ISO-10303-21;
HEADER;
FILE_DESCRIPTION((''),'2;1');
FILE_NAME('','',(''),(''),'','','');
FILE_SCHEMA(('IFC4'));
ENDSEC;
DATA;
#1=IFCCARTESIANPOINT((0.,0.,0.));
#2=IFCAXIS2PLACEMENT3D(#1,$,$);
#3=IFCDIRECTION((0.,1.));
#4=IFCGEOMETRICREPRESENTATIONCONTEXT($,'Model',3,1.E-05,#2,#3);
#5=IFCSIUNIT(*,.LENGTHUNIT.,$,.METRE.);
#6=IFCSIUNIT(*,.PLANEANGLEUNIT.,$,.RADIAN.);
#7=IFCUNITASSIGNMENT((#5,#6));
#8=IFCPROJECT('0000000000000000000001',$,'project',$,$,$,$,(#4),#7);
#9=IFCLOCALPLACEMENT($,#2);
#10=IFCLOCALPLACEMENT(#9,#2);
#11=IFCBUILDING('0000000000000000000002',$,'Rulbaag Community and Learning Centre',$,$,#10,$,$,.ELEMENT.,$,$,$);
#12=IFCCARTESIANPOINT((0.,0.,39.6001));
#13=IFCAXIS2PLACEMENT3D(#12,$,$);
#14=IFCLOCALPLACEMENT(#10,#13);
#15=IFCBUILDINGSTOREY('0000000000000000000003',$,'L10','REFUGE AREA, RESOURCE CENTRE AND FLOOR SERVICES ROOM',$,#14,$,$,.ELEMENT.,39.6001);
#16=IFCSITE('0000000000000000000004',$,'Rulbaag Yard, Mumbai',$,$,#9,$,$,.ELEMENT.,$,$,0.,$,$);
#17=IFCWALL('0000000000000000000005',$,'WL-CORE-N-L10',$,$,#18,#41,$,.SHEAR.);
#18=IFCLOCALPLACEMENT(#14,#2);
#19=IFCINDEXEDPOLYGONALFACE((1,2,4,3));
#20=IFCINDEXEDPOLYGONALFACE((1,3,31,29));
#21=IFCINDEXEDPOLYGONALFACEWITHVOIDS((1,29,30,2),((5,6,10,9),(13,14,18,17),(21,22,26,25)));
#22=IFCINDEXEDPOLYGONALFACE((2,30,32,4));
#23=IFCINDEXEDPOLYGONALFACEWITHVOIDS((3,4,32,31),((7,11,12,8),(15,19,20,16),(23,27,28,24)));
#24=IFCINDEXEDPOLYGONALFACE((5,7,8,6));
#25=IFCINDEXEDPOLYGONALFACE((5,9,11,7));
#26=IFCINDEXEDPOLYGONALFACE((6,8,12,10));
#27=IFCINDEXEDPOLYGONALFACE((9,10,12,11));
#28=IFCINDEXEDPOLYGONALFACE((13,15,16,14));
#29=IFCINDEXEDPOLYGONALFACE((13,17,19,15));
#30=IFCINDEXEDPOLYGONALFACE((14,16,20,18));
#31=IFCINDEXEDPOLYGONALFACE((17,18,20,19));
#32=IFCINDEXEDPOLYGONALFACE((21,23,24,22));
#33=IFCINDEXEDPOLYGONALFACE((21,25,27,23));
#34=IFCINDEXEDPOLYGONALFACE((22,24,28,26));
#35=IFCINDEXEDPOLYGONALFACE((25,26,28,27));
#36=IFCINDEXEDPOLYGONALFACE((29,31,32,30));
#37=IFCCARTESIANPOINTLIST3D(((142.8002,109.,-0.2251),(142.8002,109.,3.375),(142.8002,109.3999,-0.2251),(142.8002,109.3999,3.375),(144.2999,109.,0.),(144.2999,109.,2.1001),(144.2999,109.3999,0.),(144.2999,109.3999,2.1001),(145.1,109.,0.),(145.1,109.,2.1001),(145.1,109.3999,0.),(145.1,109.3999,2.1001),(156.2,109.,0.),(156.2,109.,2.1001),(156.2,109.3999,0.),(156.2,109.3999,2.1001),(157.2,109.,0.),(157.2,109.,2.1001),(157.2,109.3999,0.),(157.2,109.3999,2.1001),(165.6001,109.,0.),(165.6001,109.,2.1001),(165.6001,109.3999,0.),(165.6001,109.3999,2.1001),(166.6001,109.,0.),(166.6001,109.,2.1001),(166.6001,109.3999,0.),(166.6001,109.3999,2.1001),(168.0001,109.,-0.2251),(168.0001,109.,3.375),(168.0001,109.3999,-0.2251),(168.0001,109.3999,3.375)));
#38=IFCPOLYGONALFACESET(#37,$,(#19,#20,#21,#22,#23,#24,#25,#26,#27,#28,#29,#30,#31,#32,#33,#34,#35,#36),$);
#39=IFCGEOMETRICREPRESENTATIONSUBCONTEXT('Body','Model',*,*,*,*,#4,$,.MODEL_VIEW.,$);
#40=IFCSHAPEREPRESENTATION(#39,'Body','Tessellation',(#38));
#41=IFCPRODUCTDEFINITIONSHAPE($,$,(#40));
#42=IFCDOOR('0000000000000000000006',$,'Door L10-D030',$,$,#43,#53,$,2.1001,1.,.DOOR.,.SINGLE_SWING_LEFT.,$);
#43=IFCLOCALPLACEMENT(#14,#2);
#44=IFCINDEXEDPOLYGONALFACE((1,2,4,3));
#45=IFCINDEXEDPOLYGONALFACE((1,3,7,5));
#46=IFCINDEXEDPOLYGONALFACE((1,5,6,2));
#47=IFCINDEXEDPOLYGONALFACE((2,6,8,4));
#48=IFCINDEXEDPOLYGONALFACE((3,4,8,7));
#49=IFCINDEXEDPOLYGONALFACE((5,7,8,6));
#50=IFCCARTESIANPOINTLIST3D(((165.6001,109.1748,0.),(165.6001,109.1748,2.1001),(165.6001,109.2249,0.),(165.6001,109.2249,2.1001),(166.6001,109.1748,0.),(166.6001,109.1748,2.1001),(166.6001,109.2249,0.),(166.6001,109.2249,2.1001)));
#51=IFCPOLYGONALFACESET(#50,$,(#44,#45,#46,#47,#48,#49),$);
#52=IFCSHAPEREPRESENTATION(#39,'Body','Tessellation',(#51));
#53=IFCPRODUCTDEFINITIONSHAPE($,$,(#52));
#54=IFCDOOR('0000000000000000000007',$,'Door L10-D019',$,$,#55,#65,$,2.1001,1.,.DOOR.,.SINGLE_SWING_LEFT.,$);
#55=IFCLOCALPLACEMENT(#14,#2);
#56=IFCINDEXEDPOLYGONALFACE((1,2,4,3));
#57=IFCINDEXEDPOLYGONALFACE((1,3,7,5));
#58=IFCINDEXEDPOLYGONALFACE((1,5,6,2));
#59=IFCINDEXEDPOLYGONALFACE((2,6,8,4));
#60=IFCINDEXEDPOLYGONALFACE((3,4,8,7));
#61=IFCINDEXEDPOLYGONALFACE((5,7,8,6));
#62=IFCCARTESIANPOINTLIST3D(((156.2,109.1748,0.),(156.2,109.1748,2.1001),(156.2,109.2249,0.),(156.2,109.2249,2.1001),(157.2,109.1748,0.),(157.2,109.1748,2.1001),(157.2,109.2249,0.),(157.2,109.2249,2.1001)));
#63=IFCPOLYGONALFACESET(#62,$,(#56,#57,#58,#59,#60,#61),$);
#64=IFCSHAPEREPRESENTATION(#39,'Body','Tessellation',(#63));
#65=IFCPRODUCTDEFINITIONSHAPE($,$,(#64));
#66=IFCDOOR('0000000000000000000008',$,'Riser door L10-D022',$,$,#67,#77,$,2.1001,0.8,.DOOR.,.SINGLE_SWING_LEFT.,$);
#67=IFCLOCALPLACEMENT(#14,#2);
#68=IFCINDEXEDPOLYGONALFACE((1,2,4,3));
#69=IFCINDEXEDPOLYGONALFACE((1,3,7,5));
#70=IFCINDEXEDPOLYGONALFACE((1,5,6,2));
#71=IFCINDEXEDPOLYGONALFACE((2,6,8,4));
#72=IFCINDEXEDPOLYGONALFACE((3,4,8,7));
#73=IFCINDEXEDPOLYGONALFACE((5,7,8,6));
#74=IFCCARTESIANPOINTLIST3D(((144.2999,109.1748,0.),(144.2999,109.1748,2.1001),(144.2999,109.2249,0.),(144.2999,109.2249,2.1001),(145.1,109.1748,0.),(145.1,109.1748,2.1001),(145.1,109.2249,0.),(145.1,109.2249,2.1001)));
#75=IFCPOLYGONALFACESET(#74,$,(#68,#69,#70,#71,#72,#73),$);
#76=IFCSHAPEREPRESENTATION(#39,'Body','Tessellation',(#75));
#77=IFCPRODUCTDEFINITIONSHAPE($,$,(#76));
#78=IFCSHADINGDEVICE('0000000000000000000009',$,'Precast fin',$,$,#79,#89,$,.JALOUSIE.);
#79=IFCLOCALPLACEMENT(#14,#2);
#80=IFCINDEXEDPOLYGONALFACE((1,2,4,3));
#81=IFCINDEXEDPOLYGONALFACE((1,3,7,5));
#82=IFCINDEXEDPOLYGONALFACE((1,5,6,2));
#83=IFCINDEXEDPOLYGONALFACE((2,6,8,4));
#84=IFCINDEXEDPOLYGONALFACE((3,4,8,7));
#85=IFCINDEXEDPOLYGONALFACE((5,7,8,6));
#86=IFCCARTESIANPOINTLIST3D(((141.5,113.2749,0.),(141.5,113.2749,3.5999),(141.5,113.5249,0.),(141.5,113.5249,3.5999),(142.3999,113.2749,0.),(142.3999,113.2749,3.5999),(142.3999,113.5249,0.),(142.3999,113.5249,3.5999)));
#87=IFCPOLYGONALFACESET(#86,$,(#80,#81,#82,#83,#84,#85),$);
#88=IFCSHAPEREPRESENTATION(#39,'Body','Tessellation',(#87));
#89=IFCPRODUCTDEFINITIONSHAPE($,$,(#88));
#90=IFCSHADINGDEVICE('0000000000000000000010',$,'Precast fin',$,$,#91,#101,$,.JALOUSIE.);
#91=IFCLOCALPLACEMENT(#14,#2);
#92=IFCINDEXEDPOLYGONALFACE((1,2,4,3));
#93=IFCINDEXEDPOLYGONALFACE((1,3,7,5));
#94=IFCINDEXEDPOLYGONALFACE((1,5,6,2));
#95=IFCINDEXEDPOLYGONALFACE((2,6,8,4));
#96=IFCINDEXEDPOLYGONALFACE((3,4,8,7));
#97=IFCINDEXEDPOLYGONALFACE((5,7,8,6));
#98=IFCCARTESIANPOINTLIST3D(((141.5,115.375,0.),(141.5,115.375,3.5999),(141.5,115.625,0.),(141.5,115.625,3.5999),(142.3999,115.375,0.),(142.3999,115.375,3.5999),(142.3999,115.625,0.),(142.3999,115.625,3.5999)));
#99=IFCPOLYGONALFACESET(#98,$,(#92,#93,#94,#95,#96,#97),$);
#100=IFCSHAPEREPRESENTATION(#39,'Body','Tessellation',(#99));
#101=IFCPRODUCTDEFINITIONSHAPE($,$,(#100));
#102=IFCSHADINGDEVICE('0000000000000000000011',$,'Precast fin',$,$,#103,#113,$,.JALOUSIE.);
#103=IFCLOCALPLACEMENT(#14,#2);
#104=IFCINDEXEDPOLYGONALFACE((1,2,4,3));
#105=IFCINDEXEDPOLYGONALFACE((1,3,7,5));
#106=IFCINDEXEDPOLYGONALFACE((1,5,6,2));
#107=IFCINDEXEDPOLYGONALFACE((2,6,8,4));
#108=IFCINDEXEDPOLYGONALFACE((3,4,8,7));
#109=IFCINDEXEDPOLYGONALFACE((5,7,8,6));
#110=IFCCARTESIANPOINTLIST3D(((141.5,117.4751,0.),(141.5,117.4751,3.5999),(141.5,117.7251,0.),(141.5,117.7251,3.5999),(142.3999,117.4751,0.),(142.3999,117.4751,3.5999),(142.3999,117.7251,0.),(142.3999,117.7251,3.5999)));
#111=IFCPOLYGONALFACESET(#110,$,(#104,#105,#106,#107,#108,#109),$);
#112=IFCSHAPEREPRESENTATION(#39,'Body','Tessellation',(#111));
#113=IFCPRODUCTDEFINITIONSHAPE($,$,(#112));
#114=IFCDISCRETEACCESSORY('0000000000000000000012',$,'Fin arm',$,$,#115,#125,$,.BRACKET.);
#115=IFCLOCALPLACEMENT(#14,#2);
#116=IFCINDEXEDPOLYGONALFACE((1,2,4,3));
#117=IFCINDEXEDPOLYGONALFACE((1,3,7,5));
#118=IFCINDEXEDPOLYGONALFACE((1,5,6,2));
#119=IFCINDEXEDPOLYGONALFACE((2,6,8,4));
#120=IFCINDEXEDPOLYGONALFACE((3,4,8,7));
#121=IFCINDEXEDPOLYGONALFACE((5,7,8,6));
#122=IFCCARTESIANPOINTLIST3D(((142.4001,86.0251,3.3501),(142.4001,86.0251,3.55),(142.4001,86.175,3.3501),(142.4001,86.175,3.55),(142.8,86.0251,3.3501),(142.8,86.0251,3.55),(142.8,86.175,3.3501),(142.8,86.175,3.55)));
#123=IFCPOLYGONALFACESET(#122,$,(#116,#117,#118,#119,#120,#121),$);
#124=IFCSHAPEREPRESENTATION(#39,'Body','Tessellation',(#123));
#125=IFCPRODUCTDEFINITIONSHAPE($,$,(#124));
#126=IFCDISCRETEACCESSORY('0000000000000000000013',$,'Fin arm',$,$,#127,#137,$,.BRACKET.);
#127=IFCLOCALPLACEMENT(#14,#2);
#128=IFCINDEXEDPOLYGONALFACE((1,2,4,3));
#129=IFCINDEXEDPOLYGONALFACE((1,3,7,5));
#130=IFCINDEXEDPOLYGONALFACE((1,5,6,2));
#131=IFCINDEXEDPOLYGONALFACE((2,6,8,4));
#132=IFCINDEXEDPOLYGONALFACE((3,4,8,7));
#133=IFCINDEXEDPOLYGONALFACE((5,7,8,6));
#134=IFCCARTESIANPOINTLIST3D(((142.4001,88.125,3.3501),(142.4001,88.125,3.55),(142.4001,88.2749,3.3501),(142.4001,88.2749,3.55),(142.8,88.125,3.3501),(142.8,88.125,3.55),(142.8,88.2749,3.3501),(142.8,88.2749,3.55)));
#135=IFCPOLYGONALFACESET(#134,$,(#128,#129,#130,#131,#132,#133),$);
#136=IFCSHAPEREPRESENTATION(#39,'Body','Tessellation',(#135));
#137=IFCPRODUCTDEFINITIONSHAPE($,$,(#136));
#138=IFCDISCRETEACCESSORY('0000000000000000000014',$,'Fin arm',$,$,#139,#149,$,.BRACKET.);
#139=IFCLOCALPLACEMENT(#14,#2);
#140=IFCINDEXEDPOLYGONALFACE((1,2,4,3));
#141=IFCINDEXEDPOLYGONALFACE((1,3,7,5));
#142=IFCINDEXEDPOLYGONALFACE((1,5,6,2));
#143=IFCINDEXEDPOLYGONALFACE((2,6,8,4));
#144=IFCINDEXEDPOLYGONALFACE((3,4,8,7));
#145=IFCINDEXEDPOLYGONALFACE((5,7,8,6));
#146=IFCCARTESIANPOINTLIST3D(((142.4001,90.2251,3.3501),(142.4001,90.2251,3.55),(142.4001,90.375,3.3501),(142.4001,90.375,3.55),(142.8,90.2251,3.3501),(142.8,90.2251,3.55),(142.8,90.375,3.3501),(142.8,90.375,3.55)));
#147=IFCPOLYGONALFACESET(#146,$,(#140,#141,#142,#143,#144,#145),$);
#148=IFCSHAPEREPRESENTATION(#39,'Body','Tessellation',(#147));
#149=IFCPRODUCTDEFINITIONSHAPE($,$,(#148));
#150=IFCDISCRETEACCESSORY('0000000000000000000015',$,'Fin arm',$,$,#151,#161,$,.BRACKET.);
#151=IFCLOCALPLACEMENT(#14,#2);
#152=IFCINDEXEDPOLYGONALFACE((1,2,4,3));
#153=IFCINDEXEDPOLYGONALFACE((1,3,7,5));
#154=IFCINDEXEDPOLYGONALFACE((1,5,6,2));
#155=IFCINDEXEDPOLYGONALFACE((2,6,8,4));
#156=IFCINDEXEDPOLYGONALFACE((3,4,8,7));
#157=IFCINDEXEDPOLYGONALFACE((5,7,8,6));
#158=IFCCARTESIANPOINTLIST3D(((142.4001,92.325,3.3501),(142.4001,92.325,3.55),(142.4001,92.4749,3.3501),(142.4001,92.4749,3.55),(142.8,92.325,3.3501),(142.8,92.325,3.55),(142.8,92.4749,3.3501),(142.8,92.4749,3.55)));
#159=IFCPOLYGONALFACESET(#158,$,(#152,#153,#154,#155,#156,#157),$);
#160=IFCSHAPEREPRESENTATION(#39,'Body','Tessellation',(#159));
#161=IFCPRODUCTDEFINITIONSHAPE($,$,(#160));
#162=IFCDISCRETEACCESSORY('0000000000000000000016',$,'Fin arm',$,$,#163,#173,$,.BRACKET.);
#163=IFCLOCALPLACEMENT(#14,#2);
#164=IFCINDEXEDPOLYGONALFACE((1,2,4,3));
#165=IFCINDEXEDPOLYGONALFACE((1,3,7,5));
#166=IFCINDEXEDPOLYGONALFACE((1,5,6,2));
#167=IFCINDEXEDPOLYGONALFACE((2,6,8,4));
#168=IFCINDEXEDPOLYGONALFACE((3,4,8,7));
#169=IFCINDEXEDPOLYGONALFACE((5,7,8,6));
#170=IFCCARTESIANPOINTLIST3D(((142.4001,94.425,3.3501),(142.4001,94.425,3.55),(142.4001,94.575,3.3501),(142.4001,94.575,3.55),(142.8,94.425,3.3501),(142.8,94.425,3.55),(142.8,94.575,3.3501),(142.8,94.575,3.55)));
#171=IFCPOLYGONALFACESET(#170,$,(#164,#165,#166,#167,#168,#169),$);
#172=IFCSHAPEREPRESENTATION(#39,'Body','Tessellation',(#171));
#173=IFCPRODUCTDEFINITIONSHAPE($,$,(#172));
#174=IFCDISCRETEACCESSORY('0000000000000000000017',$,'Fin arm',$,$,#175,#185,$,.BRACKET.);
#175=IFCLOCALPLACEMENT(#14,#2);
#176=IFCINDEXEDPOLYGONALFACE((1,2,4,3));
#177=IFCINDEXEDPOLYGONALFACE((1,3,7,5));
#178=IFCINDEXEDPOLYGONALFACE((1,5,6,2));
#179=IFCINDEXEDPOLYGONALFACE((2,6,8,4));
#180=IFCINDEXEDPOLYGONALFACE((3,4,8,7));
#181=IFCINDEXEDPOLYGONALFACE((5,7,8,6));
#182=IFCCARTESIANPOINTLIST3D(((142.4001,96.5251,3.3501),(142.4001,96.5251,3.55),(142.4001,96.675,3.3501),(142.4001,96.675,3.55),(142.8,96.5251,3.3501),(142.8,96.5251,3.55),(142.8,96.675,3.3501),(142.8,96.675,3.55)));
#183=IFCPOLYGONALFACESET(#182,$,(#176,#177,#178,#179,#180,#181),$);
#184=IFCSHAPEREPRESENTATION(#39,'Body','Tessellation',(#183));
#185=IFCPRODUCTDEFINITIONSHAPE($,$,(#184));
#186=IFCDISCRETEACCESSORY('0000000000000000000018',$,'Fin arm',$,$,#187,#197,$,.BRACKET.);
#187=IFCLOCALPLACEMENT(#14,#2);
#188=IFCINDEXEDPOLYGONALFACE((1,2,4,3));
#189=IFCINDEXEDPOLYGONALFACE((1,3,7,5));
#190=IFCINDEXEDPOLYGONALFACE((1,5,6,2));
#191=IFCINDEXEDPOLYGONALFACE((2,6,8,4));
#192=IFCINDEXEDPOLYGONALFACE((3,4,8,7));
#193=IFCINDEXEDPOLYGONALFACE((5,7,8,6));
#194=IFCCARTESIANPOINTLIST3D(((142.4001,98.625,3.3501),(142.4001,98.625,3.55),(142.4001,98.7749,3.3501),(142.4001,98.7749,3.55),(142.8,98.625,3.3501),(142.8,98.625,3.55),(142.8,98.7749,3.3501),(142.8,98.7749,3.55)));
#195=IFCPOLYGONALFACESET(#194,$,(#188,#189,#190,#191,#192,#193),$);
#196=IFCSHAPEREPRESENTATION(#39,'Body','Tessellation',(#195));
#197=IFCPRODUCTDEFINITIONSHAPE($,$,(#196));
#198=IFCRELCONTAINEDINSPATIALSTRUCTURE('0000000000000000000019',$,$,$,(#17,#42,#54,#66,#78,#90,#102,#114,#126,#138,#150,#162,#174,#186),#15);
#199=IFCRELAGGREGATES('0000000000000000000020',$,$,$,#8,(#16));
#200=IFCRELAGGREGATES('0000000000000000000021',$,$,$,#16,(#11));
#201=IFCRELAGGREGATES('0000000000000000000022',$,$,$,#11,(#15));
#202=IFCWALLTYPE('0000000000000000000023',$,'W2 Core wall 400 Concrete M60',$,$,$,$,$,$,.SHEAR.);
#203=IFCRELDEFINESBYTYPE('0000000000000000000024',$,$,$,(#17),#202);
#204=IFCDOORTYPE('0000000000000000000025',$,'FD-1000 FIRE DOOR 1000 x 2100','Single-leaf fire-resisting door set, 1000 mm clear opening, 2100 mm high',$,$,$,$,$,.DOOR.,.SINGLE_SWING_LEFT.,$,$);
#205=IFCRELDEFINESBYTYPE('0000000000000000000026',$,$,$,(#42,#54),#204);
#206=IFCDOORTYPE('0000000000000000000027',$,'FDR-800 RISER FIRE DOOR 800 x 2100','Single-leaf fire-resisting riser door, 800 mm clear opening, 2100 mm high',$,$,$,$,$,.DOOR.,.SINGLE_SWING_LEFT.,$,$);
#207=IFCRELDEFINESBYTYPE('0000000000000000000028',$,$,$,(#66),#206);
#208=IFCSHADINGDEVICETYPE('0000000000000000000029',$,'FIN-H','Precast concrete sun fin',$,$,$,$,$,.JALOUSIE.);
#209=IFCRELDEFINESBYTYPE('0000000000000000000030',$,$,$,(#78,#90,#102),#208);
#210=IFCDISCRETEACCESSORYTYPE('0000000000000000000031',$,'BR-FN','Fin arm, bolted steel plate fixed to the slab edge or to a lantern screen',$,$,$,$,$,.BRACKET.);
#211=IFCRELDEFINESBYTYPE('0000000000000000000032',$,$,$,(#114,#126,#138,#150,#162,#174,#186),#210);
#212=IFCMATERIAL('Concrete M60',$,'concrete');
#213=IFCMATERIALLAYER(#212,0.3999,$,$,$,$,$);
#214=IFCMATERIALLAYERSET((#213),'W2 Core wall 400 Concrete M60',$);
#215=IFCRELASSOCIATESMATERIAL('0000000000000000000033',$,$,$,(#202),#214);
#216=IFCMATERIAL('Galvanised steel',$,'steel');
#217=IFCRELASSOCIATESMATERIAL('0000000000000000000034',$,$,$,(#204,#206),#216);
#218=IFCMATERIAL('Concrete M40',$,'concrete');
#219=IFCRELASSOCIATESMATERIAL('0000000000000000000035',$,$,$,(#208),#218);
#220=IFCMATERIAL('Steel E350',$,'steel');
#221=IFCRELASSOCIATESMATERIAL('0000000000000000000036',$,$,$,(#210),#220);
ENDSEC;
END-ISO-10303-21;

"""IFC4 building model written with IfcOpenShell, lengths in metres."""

from ifc_helpers import new_model, si_unit, direction, frame, frame_2d, origin, origin_2d, place, context, subcontext, project, spatial, rectangle, extrude, material, layer, layer_set, material_profile, profile_set, type_object, element, fill, save


model = new_model("IFC4")

# Units and contexts
model_context = context("Model", 3, precision=1e-05, world=origin(), true_north=direction((0.0, 1.0)))
body_context = subcontext(model_context, "Body", "Model", "MODEL_VIEW")
ifc_project = project(units=[si_unit("LENGTHUNIT", "METRE"), si_unit("PLANEANGLEUNIT", "RADIAN")], contexts=[model_context])

# Site, building, storey
site_placement = place(None, origin())
site = spatial("IfcSite", under=ifc_project, at=site_placement, Name="Rulbaag Yard, Mumbai", CompositionType="ELEMENT", RefElevation=0.0)
building_placement = place(site_placement, origin())
building = spatial("IfcBuilding", under=site, at=building_placement, Name="Rulbaag Community and Learning Centre", CompositionType="ELEMENT")
storey_placement = place(building_placement, frame((0.0, 0.0, 39.6001)))
storey = spatial("IfcBuildingStorey", under=building, at=storey_placement, Name="L10", Description="REFUGE AREA, RESOURCE CENTRE AND FLOOR SERVICES ROOM", CompositionType="ELEMENT", Elevation=39.6001)

# Shared definitions
ifc_material_1 = material(Name="Concrete M60", Category="concrete")

# Shared definitions
ifc_material_2 = material(Name="Concrete M40", Category="concrete")

# Wall, openings, doors
ifc_layer_1 = layer(ifc_material_1, 0.3999)
ifc_layer_set_1 = layer_set([ifc_layer_1], Name="W2 Core wall 400 Concrete M60")
wall_type_1 = type_object("IfcWallType", Name="W2 Core wall 400 Concrete M60", PredefinedType="SHEAR", material=ifc_layer_set_1)
ifc_material_3 = material(Name="Galvanised steel", Category="steel")
door_type_1 = type_object("IfcDoorType", Name="FD-1000 FIRE DOOR 1000 x 2100", Description="Single-leaf fire-resisting door set, 1000 mm clear opening, 2100 mm high", OperationType="SINGLE_SWING_LEFT", PredefinedType="DOOR", material=ifc_material_3)
wall_1_placement = place(storey_placement, frame((142.8, 109.2, -0.2251), z_axis=(0.0, 0.0, 1.0), x_axis=(1.0, 0.0, 0.0)))
wall_1 = element("IfcWall", 1, at=wall_1_placement, inside=storey, type_object=wall_type_1, Name="WL-CORE-N-L10", PredefinedType="SHEAR", context=body_context, shape_type="SweptSolid", body=[
    extrude(rectangle(XDim=25.2, YDim=0.3999, at=frame_2d((12.6001, 0.0))), origin(), (0.0, 0.0, 1.0), 3.6001),
])
opening_1_placement = place(wall_1_placement, frame((22.8, 0.0, 0.2251)))
opening_1 = element("IfcOpeningElement", 2, at=opening_1_placement, cuts=wall_1, PredefinedType="OPENING", context=body_context, shape_type="SweptSolid", body=[
    extrude(rectangle(XDim=1.0, YDim=2.1001, at=frame_2d((0.5, 1.05))), frame((0.0, 0.21, 0.0), z_axis=(0.0, -1.0, 0.0), x_axis=(1.0, 0.0, 0.0)), (0.0, 0.0, 1.0), 0.4199),
])
opening_2_placement = place(wall_1_placement, frame((1.5, 0.0, 0.2251)))
opening_2 = element("IfcOpeningElement", 3, at=opening_2_placement, cuts=wall_1, PredefinedType="OPENING", context=body_context, shape_type="SweptSolid", body=[
    extrude(rectangle(XDim=0.8, YDim=2.1001, at=frame_2d((0.3999, 1.05))), frame((0.0, 0.21, 0.0), z_axis=(0.0, -1.0, 0.0), x_axis=(1.0, 0.0, 0.0)), (0.0, 0.0, 1.0), 0.4199),
])
opening_3_placement = place(wall_1_placement, frame((13.3999, 0.0, 0.2251)))
opening_3 = element("IfcOpeningElement", 4, at=opening_3_placement, cuts=wall_1, PredefinedType="OPENING", context=body_context, shape_type="SweptSolid", body=[
    extrude(rectangle(XDim=1.0, YDim=2.1001, at=frame_2d((0.5, 1.05))), frame((0.0, 0.21, 0.0), z_axis=(0.0, -1.0, 0.0), x_axis=(1.0, 0.0, 0.0)), (0.0, 0.0, 1.0), 0.4199),
])
door_1_placement = place(opening_1_placement, origin())
door_1 = element("IfcDoor", 5, at=door_1_placement, inside=storey, type_object=door_type_1, Name="Door L10-D030", OperationType="SINGLE_SWING_LEFT", OverallHeight=2.1001, OverallWidth=1.0, PredefinedType="DOOR", context=body_context, shape_type="SweptSolid", body=[
    extrude(rectangle(XDim=1.0, YDim=2.1001, at=frame_2d((0.5, 1.05))), frame((0.0, 0.0249, 0.0), z_axis=(0.0, -1.0, 0.0), x_axis=(1.0, 0.0, 0.0)), (0.0, 0.0, 1.0), 0.05),
])
fill(opening_1, door_1)
door_2_placement = place(opening_3_placement, origin())
door_2 = element("IfcDoor", 6, at=door_2_placement, inside=storey, type_object=door_type_1, Name="Door L10-D019", OperationType="SINGLE_SWING_LEFT", OverallHeight=2.1001, OverallWidth=1.0, PredefinedType="DOOR", context=body_context, shape_type="SweptSolid", body=[
    extrude(rectangle(XDim=1.0, YDim=2.1001, at=frame_2d((0.5, 1.05))), frame((0.0, 0.0249, 0.0), z_axis=(0.0, -1.0, 0.0), x_axis=(1.0, 0.0, 0.0)), (0.0, 0.0, 1.0), 0.05),
])
fill(opening_3, door_2)
door_type_2 = type_object("IfcDoorType", Name="FDR-800 RISER FIRE DOOR 800 x 2100", Description="Single-leaf fire-resisting riser door, 800 mm clear opening, 2100 mm high", OperationType="SINGLE_SWING_LEFT", PredefinedType="DOOR", material=ifc_material_3)
door_3_placement = place(opening_2_placement, origin())
door_3 = element("IfcDoor", 7, at=door_3_placement, inside=storey, type_object=door_type_2, Name="Riser door L10-D022", OperationType="SINGLE_SWING_LEFT", OverallHeight=2.1001, OverallWidth=0.8, PredefinedType="DOOR", context=body_context, shape_type="SweptSolid", body=[
    extrude(rectangle(XDim=0.8, YDim=2.1001, at=frame_2d((0.3999, 1.05))), frame((0.0, 0.0249, 0.0), z_axis=(0.0, -1.0, 0.0), x_axis=(1.0, 0.0, 0.0)), (0.0, 0.0, 1.0), 0.05),
])
fill(opening_2, door_3)

# Shading devices
ifc_material_profile_1 = material_profile(ifc_material_2, rectangle(XDim=0.25, YDim=0.8999, at=origin_2d()), Name="PC 250x900")
ifc_profile_set_1 = profile_set([ifc_material_profile_1], Name="Concrete M40")
shading_device_type = type_object("IfcShadingDeviceType", Name="FIN-H", Description="Precast concrete sun fin", PredefinedType="JALOUSIE", material=ifc_profile_set_1)
for number, where, z_axis, x_axis, name in (
    (8, (141.95, 113.3999, 0.0), (0.0, 0.0, 1.0), (0.0, 1.0, 0.0), "Precast fin"),
    (9, (141.95, 115.5, 0.0), (0.0, 0.0, 1.0), (0.0, 1.0, 0.0), "Precast fin"),
    (10, (141.95, 117.6001, 0.0), (0.0, 0.0, 1.0), (0.0, 1.0, 0.0), "Precast fin"),
):
    element("IfcShadingDevice", number, at=place(storey_placement, frame(where, z_axis=z_axis, x_axis=x_axis)), inside=storey, type_object=shading_device_type, Name=name, PredefinedType="JALOUSIE", context=body_context, shape_type="SweptSolid", body=[
        extrude(rectangle(XDim=0.25, YDim=0.8999, at=origin_2d()), origin(), (0.0, 0.0, 1.0), 3.5999),
    ])

# Discrete accessories
ifc_material_4 = material(Name="Steel E350", Category="steel")
discrete_accessory_type = type_object("IfcDiscreteAccessoryType", Name="BR-FN", Description="Fin arm, bolted steel plate fixed to the slab edge or to a lantern screen", PredefinedType="BRACKET", material=ifc_material_4)
for number, where, z_axis, x_axis, name in (
    (11, (142.6001, 86.1001, 3.3501), (0.0, 0.0, 1.0), (1.0, 0.0, 0.0), "Fin arm"),
    (12, (142.6001, 88.2, 3.3501), (0.0, 0.0, 1.0), (1.0, 0.0, 0.0), "Fin arm"),
    (13, (142.6001, 90.3, 3.3501), (0.0, 0.0, 1.0), (1.0, 0.0, 0.0), "Fin arm"),
    (14, (142.6001, 92.3999, 3.3501), (0.0, 0.0, 1.0), (1.0, 0.0, 0.0), "Fin arm"),
    (15, (142.6001, 94.5, 3.3501), (0.0, 0.0, 1.0), (1.0, 0.0, 0.0), "Fin arm"),
    (16, (142.6001, 96.6001, 3.3501), (0.0, 0.0, 1.0), (1.0, 0.0, 0.0), "Fin arm"),
    (17, (142.6001, 98.7, 3.3501), (0.0, 0.0, 1.0), (1.0, 0.0, 0.0), "Fin arm"),
):
    element("IfcDiscreteAccessory", number, at=place(storey_placement, frame(where, z_axis=z_axis, x_axis=x_axis)), inside=storey, type_object=discrete_accessory_type, Name=name, PredefinedType="BRACKET", context=body_context, shape_type="SweptSolid", body=[
        extrude(rectangle(XDim=0.3999, YDim=0.1499, at=origin_2d()), origin(), (0.0, 0.0, 1.0), 0.2),
    ])

save(model, "model.ifc")
